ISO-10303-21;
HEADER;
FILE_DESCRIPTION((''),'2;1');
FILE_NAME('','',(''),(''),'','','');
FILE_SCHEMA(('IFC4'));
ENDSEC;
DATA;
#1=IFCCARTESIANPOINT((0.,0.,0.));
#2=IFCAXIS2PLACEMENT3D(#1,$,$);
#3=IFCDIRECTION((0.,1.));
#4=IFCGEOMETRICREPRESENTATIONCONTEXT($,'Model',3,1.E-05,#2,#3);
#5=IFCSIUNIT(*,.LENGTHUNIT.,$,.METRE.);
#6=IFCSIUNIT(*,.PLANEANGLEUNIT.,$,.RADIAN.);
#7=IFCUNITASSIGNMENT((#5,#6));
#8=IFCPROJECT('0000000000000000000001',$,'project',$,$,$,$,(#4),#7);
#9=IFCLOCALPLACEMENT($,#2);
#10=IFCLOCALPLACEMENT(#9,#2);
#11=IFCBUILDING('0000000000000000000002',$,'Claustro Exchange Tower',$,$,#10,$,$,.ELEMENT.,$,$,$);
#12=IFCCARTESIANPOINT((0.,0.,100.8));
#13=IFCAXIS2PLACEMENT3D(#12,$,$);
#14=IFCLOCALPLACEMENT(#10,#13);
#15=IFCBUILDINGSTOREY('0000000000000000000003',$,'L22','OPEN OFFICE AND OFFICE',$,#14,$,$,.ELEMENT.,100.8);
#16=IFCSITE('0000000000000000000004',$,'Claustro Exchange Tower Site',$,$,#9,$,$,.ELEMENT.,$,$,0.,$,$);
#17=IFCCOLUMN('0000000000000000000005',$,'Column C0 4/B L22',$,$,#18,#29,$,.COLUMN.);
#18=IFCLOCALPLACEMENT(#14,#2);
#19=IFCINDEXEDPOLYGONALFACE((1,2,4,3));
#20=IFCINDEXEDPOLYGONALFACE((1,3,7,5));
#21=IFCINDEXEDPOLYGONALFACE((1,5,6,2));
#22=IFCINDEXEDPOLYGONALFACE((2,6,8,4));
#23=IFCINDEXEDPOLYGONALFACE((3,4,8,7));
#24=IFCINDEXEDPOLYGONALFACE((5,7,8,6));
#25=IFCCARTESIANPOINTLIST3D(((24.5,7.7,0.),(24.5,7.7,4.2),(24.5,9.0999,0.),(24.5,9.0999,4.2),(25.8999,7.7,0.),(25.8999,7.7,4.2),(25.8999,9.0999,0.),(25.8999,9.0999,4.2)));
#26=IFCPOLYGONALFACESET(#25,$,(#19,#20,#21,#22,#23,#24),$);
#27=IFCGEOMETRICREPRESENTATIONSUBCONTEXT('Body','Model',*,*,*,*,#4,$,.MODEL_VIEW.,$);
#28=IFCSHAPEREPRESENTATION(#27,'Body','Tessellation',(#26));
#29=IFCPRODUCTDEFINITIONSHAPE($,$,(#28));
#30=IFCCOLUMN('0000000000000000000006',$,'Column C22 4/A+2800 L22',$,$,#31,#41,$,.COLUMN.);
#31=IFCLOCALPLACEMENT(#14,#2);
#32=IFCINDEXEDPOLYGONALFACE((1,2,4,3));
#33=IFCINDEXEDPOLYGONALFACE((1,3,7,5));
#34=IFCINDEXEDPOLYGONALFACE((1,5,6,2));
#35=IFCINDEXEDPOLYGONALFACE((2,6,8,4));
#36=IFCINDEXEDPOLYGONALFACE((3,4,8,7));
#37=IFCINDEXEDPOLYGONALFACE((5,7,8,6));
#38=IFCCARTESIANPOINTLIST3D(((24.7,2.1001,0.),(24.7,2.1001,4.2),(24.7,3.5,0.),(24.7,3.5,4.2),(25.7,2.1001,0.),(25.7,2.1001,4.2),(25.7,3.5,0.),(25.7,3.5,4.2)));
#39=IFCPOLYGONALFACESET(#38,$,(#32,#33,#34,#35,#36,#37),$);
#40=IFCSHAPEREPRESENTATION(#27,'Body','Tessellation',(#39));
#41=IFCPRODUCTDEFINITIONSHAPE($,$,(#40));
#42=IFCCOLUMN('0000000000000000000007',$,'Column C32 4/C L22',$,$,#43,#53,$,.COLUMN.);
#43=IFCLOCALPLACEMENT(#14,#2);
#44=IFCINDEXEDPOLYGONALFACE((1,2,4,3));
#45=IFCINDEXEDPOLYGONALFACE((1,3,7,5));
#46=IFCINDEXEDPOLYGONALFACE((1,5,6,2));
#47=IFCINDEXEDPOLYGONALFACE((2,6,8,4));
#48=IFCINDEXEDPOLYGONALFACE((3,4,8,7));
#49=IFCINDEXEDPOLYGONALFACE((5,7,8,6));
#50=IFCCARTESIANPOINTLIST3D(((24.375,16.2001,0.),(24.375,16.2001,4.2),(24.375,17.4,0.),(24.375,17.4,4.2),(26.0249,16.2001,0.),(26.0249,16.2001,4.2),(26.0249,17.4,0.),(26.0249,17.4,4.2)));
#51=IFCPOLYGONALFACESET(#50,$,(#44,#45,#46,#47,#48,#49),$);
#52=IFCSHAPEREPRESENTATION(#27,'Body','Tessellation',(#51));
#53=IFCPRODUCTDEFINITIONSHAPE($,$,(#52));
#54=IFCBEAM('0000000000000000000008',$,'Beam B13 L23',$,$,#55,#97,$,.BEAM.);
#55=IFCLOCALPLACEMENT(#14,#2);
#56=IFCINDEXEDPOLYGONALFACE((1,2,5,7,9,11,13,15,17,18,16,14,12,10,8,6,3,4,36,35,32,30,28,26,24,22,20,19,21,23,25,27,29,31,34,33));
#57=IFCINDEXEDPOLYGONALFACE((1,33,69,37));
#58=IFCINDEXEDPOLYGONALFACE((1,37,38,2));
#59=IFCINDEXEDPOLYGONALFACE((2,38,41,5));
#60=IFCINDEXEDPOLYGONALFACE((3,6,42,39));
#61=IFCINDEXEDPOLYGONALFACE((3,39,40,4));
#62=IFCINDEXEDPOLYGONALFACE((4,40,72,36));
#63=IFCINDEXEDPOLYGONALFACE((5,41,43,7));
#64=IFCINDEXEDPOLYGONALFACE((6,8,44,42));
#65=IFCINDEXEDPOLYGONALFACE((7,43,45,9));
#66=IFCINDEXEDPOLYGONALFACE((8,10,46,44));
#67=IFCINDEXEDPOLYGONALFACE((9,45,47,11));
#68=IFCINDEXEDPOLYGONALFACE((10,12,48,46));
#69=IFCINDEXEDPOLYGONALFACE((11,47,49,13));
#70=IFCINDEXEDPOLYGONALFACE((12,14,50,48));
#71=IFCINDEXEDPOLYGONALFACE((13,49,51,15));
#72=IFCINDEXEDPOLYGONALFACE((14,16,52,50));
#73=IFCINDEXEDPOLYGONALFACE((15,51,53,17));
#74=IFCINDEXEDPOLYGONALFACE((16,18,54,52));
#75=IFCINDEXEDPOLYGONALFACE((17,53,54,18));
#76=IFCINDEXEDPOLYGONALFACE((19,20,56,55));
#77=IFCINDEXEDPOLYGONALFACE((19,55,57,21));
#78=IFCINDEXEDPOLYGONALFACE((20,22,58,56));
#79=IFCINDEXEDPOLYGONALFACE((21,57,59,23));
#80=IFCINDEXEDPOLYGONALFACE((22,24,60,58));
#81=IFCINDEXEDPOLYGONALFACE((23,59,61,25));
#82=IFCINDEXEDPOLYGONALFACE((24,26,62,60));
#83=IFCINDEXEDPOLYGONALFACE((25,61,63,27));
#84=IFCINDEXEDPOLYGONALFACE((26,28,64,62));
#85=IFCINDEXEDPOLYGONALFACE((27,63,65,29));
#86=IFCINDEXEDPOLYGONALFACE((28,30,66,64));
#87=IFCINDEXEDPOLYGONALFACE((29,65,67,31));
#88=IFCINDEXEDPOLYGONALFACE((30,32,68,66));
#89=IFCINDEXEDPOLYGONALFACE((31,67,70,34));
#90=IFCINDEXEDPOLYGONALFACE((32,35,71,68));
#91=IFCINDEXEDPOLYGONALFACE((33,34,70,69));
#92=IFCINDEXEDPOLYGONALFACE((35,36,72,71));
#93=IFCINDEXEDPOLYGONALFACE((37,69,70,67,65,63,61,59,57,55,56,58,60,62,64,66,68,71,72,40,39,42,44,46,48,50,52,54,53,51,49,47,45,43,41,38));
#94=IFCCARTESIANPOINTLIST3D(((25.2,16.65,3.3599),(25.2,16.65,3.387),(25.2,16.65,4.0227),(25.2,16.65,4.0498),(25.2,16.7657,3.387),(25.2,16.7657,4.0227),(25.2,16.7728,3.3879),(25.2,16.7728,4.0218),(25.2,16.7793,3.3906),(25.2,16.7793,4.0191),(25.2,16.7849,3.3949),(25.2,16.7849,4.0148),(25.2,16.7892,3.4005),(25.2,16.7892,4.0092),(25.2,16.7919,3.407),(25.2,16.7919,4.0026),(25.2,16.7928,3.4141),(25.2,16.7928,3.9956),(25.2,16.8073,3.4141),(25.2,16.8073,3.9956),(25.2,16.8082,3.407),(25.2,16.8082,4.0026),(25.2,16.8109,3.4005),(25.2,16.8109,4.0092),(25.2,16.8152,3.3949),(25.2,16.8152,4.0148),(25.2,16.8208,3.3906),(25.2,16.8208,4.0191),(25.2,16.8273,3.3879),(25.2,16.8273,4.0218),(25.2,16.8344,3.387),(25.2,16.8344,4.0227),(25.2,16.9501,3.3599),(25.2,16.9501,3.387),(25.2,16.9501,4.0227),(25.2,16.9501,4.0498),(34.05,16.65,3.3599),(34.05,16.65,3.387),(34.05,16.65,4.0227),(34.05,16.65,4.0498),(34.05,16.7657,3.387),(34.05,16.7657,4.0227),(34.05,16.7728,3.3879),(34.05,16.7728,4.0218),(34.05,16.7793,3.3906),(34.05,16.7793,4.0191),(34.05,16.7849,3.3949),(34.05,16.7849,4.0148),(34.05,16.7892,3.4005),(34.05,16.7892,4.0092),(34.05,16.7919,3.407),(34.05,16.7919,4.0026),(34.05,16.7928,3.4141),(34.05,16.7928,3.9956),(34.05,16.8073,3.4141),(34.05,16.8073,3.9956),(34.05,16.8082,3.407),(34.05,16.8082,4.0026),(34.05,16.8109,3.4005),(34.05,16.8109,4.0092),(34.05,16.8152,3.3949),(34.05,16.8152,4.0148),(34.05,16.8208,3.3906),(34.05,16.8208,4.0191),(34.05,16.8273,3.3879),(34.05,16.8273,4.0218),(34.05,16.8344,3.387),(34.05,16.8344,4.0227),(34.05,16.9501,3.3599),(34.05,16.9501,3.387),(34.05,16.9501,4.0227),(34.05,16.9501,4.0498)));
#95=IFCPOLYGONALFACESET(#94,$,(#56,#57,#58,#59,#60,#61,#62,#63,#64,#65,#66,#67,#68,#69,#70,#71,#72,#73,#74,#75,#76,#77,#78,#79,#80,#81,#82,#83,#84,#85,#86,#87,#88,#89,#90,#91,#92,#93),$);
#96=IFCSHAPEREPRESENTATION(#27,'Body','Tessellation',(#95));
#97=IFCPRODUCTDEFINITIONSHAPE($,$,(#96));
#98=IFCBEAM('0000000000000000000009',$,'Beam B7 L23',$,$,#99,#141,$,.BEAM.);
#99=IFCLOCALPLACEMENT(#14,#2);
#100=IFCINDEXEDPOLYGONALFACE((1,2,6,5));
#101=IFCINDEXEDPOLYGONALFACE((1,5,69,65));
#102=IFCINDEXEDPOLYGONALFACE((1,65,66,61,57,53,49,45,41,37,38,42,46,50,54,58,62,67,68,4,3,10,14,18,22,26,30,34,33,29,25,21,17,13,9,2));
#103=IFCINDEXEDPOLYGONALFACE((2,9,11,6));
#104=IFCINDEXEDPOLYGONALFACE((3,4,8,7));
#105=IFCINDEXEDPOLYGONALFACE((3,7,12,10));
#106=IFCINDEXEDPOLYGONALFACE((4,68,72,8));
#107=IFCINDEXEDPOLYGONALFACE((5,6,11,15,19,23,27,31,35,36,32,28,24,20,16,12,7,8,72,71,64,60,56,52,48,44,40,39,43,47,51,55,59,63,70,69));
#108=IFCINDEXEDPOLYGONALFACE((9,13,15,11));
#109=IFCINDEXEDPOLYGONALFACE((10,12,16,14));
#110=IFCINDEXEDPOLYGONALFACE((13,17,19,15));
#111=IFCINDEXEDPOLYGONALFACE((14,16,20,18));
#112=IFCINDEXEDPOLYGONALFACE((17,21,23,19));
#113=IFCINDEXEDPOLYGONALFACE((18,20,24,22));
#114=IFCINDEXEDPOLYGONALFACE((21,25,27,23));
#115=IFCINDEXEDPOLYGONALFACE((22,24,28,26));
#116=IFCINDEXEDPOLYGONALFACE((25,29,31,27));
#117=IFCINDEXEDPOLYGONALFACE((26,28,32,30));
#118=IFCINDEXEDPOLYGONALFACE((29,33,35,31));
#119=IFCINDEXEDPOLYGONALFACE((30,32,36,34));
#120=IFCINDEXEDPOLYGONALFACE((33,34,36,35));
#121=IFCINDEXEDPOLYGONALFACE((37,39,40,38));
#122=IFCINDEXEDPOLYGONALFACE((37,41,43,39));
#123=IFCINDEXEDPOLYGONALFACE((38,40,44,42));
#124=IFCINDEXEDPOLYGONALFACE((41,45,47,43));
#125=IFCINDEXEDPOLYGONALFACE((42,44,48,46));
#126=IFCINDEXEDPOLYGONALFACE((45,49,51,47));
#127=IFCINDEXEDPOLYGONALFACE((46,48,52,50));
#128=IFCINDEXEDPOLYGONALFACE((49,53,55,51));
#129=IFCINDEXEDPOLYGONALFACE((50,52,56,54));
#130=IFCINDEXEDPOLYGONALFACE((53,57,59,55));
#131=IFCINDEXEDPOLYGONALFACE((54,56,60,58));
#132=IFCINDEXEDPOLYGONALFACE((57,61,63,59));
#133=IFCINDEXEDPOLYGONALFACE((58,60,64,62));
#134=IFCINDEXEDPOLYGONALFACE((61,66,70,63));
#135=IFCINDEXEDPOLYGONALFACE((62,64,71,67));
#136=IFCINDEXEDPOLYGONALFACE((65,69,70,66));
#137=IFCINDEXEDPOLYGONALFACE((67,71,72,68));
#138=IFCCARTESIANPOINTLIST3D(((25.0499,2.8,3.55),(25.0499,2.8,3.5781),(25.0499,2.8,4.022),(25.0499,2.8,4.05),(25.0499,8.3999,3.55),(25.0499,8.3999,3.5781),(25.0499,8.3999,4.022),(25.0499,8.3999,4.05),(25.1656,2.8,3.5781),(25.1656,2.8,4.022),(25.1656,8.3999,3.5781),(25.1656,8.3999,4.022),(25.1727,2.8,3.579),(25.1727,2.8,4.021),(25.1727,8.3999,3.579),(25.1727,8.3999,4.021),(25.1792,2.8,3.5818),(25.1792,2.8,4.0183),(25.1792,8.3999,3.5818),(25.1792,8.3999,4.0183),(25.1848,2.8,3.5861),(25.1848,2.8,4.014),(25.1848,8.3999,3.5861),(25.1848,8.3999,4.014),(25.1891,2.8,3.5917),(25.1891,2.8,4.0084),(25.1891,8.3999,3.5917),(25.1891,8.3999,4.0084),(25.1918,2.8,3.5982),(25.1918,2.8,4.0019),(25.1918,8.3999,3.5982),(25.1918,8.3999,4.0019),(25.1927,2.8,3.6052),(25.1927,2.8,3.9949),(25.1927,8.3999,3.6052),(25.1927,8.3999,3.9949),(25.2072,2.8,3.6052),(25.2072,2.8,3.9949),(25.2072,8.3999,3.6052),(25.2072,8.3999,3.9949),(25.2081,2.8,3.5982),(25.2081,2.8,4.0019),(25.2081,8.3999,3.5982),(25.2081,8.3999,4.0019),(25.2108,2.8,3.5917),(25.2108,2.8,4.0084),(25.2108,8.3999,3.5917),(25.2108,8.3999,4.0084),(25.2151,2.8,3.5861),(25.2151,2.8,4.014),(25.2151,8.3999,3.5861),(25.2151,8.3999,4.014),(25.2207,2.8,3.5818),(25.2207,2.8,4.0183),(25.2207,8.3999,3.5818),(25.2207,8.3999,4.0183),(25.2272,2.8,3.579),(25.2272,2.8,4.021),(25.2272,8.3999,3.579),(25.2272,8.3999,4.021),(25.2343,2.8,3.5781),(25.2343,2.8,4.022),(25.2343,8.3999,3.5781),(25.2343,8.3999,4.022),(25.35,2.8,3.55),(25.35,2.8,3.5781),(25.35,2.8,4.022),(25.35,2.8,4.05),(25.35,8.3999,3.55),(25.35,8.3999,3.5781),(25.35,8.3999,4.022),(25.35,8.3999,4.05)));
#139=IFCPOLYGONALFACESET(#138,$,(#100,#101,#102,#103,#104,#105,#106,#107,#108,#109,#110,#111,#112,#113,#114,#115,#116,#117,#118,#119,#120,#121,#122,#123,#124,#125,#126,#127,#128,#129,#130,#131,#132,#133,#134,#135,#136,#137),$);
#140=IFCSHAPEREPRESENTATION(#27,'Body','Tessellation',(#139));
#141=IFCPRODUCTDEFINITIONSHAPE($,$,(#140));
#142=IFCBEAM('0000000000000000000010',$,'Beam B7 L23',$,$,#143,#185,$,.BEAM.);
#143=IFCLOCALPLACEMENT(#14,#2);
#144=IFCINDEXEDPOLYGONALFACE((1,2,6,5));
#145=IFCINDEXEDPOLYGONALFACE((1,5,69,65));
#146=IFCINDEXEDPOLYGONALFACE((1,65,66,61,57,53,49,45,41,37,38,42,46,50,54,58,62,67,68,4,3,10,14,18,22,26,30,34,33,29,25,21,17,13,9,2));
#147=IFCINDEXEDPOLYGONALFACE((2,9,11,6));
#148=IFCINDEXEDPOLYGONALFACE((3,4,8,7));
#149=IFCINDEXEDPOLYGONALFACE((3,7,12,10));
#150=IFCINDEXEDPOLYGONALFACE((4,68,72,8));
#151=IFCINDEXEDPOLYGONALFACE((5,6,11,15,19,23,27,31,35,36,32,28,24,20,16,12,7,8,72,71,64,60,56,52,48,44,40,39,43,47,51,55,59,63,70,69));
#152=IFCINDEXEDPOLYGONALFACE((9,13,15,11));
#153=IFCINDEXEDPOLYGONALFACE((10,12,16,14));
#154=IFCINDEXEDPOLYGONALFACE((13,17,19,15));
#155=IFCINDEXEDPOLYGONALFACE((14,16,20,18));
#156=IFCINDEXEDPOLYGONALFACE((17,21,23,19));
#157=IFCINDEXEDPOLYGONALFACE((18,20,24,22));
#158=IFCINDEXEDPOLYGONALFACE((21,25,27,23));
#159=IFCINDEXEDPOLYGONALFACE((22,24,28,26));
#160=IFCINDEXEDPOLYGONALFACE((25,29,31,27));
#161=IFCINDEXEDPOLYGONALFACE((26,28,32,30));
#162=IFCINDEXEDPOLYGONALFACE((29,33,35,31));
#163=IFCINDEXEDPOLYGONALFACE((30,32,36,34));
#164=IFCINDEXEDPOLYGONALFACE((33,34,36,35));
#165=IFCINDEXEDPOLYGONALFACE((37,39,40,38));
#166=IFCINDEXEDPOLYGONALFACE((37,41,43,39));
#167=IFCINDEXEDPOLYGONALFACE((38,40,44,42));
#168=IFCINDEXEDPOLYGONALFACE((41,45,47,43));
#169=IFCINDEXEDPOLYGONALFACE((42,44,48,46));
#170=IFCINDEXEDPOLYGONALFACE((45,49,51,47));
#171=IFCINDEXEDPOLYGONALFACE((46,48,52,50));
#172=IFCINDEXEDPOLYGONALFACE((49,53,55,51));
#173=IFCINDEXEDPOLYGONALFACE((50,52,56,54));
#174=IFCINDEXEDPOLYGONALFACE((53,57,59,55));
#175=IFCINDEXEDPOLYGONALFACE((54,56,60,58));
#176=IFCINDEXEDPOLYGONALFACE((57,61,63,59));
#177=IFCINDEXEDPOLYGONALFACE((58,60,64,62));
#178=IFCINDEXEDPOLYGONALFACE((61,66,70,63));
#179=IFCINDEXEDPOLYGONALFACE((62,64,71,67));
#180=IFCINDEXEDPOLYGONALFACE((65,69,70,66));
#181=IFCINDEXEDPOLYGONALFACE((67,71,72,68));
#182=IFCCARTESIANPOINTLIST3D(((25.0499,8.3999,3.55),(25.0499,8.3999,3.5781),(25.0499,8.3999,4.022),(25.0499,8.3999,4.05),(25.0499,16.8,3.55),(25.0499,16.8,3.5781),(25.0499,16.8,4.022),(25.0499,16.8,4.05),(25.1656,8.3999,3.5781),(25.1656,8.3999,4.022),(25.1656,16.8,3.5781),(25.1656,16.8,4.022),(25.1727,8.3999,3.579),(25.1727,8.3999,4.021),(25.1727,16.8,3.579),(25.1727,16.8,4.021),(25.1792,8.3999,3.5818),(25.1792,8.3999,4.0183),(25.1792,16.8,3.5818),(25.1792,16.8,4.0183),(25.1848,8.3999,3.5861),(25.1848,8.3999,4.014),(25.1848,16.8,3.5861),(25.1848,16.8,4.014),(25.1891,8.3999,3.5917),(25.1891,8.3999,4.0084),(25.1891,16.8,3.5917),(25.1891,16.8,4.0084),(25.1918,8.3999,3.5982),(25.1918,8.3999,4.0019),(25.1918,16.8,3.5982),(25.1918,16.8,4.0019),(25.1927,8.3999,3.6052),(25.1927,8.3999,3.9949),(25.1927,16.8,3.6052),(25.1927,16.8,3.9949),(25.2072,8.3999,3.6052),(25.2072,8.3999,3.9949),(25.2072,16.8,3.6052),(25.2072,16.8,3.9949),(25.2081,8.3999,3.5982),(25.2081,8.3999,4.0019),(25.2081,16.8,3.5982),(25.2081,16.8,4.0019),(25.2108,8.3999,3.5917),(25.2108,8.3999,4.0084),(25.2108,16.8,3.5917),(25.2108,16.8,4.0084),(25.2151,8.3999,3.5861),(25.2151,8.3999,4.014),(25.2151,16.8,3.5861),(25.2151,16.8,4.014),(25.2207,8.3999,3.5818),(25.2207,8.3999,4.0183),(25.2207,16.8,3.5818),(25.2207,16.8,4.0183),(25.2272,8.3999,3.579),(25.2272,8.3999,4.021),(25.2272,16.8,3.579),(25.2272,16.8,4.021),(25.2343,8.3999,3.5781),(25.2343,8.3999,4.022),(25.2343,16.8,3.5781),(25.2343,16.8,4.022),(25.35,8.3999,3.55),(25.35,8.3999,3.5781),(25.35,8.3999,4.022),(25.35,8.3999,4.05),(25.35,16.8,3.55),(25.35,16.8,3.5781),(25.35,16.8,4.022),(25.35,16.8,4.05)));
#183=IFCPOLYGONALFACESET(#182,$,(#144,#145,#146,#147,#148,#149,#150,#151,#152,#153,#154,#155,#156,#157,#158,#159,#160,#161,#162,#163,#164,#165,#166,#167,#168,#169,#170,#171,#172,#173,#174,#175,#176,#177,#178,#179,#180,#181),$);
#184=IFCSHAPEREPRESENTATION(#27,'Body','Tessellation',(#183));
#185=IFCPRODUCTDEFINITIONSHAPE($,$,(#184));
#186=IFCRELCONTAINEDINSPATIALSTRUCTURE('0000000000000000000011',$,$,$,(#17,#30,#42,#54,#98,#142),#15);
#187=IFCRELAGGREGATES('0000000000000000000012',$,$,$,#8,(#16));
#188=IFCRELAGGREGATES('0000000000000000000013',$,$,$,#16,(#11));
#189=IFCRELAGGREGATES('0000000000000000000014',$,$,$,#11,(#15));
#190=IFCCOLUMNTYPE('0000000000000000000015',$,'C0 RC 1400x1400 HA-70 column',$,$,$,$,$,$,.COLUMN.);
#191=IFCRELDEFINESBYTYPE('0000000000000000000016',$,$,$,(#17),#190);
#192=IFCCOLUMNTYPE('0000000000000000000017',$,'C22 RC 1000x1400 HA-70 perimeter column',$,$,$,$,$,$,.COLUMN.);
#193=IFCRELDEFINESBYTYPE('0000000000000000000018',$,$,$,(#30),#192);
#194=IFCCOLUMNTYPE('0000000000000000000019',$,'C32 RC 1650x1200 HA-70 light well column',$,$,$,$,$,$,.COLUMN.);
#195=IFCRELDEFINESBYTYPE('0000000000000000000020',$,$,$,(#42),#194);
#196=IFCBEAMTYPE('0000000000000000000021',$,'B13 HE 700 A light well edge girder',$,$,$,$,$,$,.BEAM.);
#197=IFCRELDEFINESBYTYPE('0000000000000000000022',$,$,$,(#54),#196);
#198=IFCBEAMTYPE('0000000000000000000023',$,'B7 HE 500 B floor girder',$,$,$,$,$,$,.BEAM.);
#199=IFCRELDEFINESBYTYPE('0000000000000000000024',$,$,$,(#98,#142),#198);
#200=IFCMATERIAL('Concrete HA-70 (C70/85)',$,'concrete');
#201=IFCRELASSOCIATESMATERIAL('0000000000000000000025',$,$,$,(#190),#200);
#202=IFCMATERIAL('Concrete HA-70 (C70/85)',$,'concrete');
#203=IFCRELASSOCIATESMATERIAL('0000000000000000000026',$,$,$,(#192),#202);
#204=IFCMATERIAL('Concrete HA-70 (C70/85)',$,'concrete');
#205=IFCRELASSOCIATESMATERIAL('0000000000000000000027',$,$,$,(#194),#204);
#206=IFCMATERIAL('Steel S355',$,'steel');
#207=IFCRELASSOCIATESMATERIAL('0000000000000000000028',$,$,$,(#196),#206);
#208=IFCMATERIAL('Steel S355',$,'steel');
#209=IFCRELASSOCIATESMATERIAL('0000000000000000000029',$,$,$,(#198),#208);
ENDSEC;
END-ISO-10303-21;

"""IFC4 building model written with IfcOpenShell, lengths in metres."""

from ifc_helpers import new_model, si_unit, direction, frame, origin, origin_2d, place, context, subcontext, project, spatial, rectangle, i_section, extrude, material, material_profile, profile_set, type_object, element, save


model = new_model("IFC4")

# Units and contexts
model_context = context("Model", 3, precision=1e-05, world=origin(), true_north=direction((0.0, 1.0)))
body_context = subcontext(model_context, "Body", "Model", "MODEL_VIEW")
ifc_project = project(units=[si_unit("LENGTHUNIT", "METRE"), si_unit("PLANEANGLEUNIT", "RADIAN")], contexts=[model_context])

# Site, building, storey
site_placement = place(None, origin())
site = spatial("IfcSite", under=ifc_project, at=site_placement, Name="Claustro Exchange Tower Site", CompositionType="ELEMENT", RefElevation=0.0)
building_placement = place(site_placement, origin())
building = spatial("IfcBuilding", under=site, at=building_placement, Name="Claustro Exchange Tower", CompositionType="ELEMENT")
storey_placement = place(building_placement, frame((0.0, 0.0, 100.8)))
storey = spatial("IfcBuildingStorey", under=building, at=storey_placement, Name="L22", Description="OPEN OFFICE AND OFFICE", CompositionType="ELEMENT", Elevation=100.8)

# Columns
ifc_material_1 = material(Name="Concrete HA-70 (C70/85)", Category="concrete")
ifc_material_profile_1 = material_profile(ifc_material_1, rectangle(XDim=1.3999, YDim=1.3999, at=origin_2d()), Name="RC 1400x1400")
ifc_profile_set_1 = profile_set([ifc_material_profile_1], Name="Concrete HA-70 (C70/85)")
column_type_1 = type_object("IfcColumnType", Name="C0 RC 1400x1400 HA-70 column", PredefinedType="COLUMN", material=ifc_profile_set_1)
column_1_placement = place(storey_placement, frame((25.2, 8.3999, 0.0), z_axis=(0.0, 0.0, 1.0), x_axis=(1.0, 0.0, 0.0)))
element("IfcColumn", 1, at=column_1_placement, inside=storey, type_object=column_type_1, Name="Column C0 4/B L22", PredefinedType="COLUMN", context=body_context, shape_type="SweptSolid", body=[
    extrude(rectangle(XDim=1.3999, YDim=1.3999, at=origin_2d()), origin(), (0.0, 0.0, 1.0), 4.2),
])
ifc_material_2 = material(Name="Concrete HA-70 (C70/85)", Category="concrete")
ifc_material_profile_2 = material_profile(ifc_material_2, rectangle(XDim=1.0, YDim=1.3999, at=origin_2d()), Name="RC 1000x1400")
ifc_profile_set_2 = profile_set([ifc_material_profile_2], Name="Concrete HA-70 (C70/85)")
column_type_2 = type_object("IfcColumnType", Name="C22 RC 1000x1400 HA-70 perimeter column", PredefinedType="COLUMN", material=ifc_profile_set_2)
column_2_placement = place(storey_placement, frame((25.2, 2.8, 0.0), z_axis=(0.0, 0.0, 1.0), x_axis=(1.0, 0.0, 0.0)))
element("IfcColumn", 2, at=column_2_placement, inside=storey, type_object=column_type_2, Name="Column C22 4/A+2800 L22", PredefinedType="COLUMN", context=body_context, shape_type="SweptSolid", body=[
    extrude(rectangle(XDim=1.0, YDim=1.3999, at=origin_2d()), origin(), (0.0, 0.0, 1.0), 4.2),
])
ifc_material_3 = material(Name="Concrete HA-70 (C70/85)", Category="concrete")
ifc_material_profile_3 = material_profile(ifc_material_3, rectangle(XDim=1.6499, YDim=1.2, at=origin_2d()), Name="RC 1650x1200")
ifc_profile_set_3 = profile_set([ifc_material_profile_3], Name="Concrete HA-70 (C70/85)")
column_type_3 = type_object("IfcColumnType", Name="C32 RC 1650x1200 HA-70 light well column", PredefinedType="COLUMN", material=ifc_profile_set_3)
column_3_placement = place(storey_placement, frame((25.2, 16.8, 0.0), z_axis=(0.0, 0.0, 1.0), x_axis=(1.0, 0.0, 0.0)))
element("IfcColumn", 3, at=column_3_placement, inside=storey, type_object=column_type_3, Name="Column C32 4/C L22", PredefinedType="COLUMN", context=body_context, shape_type="SweptSolid", body=[
    extrude(rectangle(XDim=1.6499, YDim=1.2, at=origin_2d()), origin(), (0.0, 0.0, 1.0), 4.2),
])

# Beams
ifc_material_4 = material(Name="Steel S355", Category="steel")
ifc_material_profile_4 = material_profile(ifc_material_4, i_section(OverallWidth=0.3, OverallDepth=0.6899, WebThickness=0.0144, FlangeThickness=0.0271, FilletRadius=0.0271, at=origin_2d()), Name="HE 700 A")
ifc_profile_set_4 = profile_set([ifc_material_profile_4], Name="Steel S355")
beam_type_1 = type_object("IfcBeamType", Name="B13 HE 700 A light well edge girder", PredefinedType="BEAM", material=ifc_profile_set_4)
beam_1_placement = place(storey_placement, frame((25.2, 16.8, 3.7048), z_axis=(1.0, 0.0, 0.0), x_axis=(0.0, 1.0, 0.0)))
element("IfcBeam", 4, at=beam_1_placement, inside=storey, type_object=beam_type_1, Name="Beam B13 L23", PredefinedType="BEAM", context=body_context, shape_type="SweptSolid", body=[
    extrude(i_section(OverallWidth=0.3, OverallDepth=0.6899, WebThickness=0.0144, FlangeThickness=0.0271, FilletRadius=0.0271, at=origin_2d()), origin(), (0.0, 0.0, 1.0), 8.8501),
])
ifc_material_5 = material(Name="Steel S355", Category="steel")
ifc_material_profile_5 = material_profile(ifc_material_5, i_section(OverallWidth=0.3, OverallDepth=0.5, WebThickness=0.0144, FlangeThickness=0.0281, FilletRadius=0.0271, at=origin_2d()), Name="HE 500 B")
ifc_profile_set_5 = profile_set([ifc_material_profile_5], Name="Steel S355")
beam_type_2 = type_object("IfcBeamType", Name="B7 HE 500 B floor girder", PredefinedType="BEAM", material=ifc_profile_set_5)
beam_2_placement = place(storey_placement, frame((25.2, 2.8, 3.8), z_axis=(0.0, 1.0, 0.0), x_axis=(-1.0, 0.0, 0.0)))
element("IfcBeam", 5, at=beam_2_placement, inside=storey, type_object=beam_type_2, Name="Beam B7 L23", PredefinedType="BEAM", context=body_context, shape_type="SweptSolid", body=[
    extrude(i_section(OverallWidth=0.3, OverallDepth=0.5, WebThickness=0.0144, FlangeThickness=0.0281, FilletRadius=0.0271, at=origin_2d()), origin(), (0.0, 0.0, 1.0), 5.5999),
])
for number, where, z_axis, x_axis, name in (
    (6, (25.2, 8.3999, 3.8), (0.0, 1.0, 0.0), (-1.0, 0.0, 0.0), "Beam B7 L23"),
):
    element("IfcBeam", number, at=place(storey_placement, frame(where, z_axis=z_axis, x_axis=x_axis)), inside=storey, type_object=beam_type_2, Name=name, PredefinedType="BEAM", context=body_context, shape_type="SweptSolid", body=[
        extrude(i_section(OverallWidth=0.3, OverallDepth=0.5, WebThickness=0.0144, FlangeThickness=0.0281, FilletRadius=0.0271, at=origin_2d()), origin(), (0.0, 0.0, 1.0), 8.4001),
    ])

save(model, "model.ifc")
